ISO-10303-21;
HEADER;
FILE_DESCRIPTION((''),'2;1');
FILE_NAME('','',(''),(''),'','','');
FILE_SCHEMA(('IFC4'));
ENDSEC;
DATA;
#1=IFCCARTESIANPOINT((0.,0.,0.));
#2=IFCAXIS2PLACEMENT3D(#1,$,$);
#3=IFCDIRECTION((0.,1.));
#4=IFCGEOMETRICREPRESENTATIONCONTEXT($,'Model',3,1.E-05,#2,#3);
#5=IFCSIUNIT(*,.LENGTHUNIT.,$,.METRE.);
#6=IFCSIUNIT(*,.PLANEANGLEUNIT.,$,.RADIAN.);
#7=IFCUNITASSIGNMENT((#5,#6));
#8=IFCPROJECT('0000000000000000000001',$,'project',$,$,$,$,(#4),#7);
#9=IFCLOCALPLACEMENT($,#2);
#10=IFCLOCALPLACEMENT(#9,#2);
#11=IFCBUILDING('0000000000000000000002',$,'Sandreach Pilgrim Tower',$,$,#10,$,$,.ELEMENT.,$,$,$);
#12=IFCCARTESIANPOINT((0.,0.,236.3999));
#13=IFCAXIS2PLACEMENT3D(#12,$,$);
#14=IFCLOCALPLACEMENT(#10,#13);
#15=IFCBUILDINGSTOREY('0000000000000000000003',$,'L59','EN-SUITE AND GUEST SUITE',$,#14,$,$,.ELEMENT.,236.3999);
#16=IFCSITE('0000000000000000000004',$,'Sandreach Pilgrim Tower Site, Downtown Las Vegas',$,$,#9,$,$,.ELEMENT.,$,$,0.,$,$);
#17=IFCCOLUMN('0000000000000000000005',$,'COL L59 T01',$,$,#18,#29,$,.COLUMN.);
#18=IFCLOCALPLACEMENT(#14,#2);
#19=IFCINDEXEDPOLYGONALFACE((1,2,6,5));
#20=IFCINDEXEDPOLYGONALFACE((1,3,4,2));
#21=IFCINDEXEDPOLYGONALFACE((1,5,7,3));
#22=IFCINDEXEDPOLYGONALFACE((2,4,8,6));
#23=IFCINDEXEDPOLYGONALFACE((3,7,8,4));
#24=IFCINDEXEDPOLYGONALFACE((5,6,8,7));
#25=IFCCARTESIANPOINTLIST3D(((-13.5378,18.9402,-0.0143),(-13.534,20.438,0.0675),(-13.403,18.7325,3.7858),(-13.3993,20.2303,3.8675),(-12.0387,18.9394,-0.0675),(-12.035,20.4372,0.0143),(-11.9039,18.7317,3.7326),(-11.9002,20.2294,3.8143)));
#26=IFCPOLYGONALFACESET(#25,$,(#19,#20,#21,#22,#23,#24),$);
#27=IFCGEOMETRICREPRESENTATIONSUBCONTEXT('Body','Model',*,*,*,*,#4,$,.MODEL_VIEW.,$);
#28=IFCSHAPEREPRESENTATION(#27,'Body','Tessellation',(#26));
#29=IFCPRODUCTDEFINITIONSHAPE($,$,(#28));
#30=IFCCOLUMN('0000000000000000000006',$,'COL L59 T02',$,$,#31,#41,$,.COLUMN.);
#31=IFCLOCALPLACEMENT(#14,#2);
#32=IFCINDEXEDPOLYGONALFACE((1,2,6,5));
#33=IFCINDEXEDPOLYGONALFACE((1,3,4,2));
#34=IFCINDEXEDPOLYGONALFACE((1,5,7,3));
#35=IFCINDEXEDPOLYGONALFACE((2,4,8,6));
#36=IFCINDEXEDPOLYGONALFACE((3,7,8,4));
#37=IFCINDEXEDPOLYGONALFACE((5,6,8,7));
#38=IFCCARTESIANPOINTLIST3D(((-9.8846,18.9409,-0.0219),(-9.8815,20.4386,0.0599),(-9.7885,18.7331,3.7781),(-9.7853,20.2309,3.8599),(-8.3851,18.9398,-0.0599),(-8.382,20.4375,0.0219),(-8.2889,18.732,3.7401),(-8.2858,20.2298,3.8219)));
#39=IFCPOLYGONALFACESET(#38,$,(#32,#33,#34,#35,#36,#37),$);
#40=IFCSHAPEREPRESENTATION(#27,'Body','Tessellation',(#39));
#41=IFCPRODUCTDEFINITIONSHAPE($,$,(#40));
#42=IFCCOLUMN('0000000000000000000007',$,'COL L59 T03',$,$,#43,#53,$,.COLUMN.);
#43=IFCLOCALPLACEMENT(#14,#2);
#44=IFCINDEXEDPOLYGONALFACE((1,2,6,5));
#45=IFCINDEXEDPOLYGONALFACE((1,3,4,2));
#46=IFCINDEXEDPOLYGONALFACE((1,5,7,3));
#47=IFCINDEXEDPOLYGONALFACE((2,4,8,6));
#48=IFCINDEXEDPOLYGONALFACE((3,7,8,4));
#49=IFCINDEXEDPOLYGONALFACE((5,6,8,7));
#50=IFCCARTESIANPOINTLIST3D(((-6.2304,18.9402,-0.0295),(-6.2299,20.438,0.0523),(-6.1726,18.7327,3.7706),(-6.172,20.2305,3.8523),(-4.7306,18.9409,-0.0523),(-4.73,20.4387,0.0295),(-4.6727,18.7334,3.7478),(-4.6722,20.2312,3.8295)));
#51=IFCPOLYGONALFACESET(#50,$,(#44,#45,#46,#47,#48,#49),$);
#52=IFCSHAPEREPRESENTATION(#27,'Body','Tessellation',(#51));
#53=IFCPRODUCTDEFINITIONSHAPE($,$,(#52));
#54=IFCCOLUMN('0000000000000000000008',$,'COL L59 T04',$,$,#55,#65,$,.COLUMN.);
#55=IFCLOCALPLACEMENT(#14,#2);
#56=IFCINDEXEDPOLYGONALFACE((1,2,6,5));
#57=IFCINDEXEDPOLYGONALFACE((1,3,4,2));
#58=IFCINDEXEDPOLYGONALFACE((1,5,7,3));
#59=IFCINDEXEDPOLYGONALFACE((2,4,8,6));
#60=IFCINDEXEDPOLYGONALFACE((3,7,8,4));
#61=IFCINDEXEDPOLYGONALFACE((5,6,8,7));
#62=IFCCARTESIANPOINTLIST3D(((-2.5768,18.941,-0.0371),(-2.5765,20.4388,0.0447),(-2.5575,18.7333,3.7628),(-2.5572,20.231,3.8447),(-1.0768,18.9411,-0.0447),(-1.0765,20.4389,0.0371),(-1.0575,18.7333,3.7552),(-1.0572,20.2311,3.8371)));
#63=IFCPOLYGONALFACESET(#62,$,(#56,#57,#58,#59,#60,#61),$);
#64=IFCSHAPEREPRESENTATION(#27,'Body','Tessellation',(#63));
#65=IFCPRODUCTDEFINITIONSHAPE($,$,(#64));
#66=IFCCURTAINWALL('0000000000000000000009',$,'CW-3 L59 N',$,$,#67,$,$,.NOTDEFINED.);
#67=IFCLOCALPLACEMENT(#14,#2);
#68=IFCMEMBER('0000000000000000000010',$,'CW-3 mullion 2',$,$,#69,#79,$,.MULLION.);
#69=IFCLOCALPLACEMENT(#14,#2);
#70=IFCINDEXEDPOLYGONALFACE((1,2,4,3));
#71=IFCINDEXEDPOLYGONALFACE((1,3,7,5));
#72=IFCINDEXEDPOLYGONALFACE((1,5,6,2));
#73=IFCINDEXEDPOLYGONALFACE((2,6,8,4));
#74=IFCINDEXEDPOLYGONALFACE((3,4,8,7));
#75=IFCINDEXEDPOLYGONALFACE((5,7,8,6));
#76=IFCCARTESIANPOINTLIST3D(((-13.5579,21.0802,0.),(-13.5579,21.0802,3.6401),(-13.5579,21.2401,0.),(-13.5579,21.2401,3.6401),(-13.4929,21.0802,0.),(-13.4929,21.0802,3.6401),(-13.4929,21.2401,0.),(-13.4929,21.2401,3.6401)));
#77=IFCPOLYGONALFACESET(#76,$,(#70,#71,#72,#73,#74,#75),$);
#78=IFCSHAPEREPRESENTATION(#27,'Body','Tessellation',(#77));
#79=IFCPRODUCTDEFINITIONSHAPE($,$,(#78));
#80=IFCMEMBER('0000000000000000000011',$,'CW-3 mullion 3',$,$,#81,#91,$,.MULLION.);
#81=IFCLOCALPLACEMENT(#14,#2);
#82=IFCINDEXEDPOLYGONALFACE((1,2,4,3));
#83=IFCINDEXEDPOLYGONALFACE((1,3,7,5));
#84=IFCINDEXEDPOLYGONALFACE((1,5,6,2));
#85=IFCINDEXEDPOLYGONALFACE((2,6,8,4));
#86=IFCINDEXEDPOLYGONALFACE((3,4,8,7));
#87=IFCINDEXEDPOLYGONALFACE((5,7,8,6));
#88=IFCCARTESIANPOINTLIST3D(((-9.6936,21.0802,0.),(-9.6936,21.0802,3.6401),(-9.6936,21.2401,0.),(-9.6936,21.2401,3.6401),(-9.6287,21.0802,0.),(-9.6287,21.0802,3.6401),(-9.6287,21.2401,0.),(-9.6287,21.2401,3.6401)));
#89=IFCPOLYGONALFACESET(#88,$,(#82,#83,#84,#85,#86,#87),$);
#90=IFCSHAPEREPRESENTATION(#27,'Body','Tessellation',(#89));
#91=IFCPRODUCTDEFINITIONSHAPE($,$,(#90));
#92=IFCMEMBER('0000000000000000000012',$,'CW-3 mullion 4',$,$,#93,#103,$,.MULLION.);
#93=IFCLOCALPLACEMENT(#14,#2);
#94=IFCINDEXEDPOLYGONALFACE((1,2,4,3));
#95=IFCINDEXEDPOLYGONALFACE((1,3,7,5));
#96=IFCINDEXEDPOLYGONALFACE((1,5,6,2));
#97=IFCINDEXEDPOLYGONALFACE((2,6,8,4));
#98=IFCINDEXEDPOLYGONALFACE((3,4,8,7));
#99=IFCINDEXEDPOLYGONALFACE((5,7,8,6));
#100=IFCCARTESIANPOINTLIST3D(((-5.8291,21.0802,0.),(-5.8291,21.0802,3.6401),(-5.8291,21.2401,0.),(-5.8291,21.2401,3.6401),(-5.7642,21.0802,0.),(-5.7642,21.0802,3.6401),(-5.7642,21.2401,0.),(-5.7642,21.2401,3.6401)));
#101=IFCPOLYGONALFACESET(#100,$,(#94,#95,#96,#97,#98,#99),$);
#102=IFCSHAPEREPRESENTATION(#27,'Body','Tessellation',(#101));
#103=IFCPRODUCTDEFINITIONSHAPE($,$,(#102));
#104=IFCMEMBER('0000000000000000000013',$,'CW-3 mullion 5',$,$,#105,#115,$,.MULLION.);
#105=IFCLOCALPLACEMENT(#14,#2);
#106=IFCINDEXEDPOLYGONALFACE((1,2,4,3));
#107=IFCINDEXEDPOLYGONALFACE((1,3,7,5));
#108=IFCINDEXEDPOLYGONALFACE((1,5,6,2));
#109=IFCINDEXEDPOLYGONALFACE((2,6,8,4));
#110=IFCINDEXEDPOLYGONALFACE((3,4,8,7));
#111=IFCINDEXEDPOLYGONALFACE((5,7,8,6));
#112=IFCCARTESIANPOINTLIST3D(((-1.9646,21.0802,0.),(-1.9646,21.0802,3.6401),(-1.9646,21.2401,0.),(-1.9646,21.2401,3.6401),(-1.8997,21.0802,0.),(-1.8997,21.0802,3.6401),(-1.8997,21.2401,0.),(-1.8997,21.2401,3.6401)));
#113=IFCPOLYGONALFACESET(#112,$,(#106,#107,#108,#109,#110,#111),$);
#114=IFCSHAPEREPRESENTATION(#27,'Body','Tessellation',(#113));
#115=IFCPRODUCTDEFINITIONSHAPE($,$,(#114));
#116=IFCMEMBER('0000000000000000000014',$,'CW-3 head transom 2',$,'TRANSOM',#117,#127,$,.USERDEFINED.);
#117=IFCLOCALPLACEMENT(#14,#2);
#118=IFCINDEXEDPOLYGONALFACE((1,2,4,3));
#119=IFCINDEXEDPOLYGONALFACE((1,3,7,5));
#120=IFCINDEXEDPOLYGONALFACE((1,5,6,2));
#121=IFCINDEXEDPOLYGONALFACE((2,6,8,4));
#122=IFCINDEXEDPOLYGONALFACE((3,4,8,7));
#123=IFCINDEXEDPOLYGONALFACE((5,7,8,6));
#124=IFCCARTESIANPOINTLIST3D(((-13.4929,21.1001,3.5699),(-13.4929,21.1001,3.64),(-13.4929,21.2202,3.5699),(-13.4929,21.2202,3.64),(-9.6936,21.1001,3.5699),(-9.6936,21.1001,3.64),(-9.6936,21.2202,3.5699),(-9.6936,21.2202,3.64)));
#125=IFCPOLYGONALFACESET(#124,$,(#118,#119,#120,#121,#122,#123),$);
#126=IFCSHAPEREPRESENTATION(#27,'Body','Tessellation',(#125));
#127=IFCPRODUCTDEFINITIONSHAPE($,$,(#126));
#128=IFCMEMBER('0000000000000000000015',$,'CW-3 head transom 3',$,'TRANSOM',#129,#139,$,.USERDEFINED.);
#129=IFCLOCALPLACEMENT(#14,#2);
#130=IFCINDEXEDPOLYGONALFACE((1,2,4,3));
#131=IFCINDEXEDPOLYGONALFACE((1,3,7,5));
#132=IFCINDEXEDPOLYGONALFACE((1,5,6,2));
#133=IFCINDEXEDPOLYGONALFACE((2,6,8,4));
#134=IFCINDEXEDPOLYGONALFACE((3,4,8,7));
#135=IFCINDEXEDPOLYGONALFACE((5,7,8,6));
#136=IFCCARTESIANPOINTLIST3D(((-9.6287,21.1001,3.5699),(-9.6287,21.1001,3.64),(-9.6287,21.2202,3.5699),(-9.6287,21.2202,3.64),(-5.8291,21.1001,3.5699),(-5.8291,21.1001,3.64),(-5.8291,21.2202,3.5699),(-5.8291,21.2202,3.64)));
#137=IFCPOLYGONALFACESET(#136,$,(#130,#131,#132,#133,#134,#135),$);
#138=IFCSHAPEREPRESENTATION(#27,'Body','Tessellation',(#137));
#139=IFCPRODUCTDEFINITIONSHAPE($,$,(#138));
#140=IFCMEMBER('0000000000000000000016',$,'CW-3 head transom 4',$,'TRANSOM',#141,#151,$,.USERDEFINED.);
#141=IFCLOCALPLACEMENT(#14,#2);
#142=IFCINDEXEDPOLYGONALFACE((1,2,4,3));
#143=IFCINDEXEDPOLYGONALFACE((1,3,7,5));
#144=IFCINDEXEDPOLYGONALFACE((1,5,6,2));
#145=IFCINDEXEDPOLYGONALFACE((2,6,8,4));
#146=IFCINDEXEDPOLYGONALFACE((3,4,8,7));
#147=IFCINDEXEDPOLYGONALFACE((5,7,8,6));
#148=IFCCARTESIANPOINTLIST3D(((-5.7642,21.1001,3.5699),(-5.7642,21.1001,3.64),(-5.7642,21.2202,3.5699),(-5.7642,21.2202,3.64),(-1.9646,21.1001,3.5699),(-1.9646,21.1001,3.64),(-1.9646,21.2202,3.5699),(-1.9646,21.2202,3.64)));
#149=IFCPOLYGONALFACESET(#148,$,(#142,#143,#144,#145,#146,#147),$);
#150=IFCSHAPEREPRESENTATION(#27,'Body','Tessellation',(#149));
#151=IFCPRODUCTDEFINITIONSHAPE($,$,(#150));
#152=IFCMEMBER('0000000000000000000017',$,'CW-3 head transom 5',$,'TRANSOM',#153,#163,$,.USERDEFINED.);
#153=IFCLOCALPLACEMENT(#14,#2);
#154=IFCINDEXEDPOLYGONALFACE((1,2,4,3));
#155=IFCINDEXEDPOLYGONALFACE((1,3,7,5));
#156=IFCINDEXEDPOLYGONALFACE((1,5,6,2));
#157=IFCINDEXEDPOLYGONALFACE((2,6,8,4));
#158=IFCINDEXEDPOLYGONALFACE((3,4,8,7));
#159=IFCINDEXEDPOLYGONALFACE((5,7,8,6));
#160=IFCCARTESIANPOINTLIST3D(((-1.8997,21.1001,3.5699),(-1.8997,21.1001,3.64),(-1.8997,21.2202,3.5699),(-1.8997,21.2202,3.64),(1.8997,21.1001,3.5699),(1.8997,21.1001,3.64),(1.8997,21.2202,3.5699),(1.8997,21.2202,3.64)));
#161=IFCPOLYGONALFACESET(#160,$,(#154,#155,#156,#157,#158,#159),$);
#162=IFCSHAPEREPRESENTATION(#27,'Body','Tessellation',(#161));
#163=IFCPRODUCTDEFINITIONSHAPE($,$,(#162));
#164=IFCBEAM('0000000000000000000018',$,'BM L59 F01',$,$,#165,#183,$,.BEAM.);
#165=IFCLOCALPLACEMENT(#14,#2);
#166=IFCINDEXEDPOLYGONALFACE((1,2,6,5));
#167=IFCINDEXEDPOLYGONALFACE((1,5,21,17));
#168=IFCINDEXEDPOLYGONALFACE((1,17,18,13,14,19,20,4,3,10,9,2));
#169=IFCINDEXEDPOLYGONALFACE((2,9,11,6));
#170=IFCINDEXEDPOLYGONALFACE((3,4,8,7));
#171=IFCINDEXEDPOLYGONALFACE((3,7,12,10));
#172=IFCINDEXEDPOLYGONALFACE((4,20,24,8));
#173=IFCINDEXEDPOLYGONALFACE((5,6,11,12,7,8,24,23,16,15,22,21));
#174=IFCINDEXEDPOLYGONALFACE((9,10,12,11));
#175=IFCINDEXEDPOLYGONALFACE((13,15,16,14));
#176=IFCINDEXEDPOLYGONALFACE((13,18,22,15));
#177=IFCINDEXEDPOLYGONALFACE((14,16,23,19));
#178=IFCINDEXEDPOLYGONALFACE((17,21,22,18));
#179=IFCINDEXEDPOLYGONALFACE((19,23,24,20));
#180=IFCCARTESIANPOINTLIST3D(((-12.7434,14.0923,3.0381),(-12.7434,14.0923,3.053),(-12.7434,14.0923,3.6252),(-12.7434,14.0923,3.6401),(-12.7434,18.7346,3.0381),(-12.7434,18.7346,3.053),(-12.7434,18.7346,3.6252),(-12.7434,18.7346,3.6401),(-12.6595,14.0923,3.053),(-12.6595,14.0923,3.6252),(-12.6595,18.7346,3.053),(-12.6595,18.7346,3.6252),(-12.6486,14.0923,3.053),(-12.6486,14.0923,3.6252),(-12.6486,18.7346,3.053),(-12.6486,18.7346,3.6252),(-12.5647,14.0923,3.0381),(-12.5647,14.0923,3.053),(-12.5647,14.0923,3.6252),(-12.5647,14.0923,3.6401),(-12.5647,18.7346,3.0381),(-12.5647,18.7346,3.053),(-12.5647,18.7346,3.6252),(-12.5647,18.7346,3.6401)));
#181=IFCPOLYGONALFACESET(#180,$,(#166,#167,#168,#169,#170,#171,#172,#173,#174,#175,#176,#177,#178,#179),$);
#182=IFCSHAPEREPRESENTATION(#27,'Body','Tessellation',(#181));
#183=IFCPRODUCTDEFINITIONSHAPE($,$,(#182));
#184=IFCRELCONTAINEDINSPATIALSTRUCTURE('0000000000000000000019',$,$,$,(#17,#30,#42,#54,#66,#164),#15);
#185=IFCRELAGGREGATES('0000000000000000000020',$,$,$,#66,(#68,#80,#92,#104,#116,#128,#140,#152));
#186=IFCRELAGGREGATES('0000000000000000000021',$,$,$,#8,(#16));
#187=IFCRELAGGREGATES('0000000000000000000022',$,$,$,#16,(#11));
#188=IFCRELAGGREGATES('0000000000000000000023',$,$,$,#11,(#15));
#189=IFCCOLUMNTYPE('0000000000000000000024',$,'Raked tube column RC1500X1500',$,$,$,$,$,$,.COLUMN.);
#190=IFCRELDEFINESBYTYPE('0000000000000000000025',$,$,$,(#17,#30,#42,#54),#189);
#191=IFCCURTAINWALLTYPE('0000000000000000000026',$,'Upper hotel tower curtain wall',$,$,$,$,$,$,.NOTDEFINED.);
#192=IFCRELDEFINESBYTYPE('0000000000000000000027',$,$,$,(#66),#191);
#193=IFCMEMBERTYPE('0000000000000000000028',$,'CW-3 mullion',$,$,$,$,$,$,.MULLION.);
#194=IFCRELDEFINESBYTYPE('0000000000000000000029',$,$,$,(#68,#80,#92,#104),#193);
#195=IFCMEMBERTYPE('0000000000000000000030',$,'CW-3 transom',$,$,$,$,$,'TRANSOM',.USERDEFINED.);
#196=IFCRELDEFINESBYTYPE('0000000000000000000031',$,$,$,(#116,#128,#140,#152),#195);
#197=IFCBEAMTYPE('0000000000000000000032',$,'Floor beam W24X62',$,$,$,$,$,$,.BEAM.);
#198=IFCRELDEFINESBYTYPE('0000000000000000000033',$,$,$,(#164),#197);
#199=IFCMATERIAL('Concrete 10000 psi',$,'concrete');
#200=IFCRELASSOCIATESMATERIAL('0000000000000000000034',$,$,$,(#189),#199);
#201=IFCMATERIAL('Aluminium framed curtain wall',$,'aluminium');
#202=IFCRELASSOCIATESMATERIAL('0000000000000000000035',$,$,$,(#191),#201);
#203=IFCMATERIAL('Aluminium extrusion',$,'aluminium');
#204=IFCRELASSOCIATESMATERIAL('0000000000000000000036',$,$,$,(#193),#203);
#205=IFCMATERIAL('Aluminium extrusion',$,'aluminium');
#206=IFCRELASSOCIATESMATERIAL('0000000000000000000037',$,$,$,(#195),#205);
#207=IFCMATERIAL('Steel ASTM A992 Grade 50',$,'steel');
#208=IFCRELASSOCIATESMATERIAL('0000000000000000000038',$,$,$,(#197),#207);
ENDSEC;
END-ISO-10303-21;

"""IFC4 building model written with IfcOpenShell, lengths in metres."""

from ifc_helpers import new_model, si_unit, direction, frame, origin, origin_2d, place, context, subcontext, project, spatial, rectangle, i_section, extrude, material, material_profile, profile_set, type_object, element, aggregate, save


model = new_model("IFC4")

# Units and contexts
model_context = context("Model", 3, precision=1e-05, world=origin(), true_north=direction((0.0, 1.0)))
body_context = subcontext(model_context, "Body", "Model", "MODEL_VIEW")
ifc_project = project(units=[si_unit("LENGTHUNIT", "METRE"), si_unit("PLANEANGLEUNIT", "RADIAN")], contexts=[model_context])

# Site, building, storey
site_placement = place(None, origin())
site = spatial("IfcSite", under=ifc_project, at=site_placement, Name="Sandreach Pilgrim Tower Site, Downtown Las Vegas", CompositionType="ELEMENT", RefElevation=0.0)
building_placement = place(site_placement, origin())
building = spatial("IfcBuilding", under=site, at=building_placement, Name="Sandreach Pilgrim Tower", CompositionType="ELEMENT")
storey_placement = place(building_placement, frame((0.0, 0.0, 236.3999)))
storey = spatial("IfcBuildingStorey", under=building, at=storey_placement, Name="L59", Description="EN-SUITE AND GUEST SUITE", CompositionType="ELEMENT", Elevation=236.3999)

# Columns
ifc_material_1 = material(Name="Concrete 10000 psi", Category="concrete")
ifc_material_profile_1 = material_profile(ifc_material_1, rectangle(XDim=1.5, YDim=1.5, at=origin_2d()), Name="RC1500X1500")
ifc_profile_set_1 = profile_set([ifc_material_profile_1], Name="Concrete 10000 psi")
column_type = type_object("IfcColumnType", Name="Raked tube column RC1500X1500", PredefinedType="COLUMN", material=ifc_profile_set_1)
column_1_placement = place(storey_placement, frame((-12.7864, 19.6887, 0.0), z_axis=(0.035389, -0.054558, 0.997883), x_axis=(0.002483, 0.99851, 0.054504)))
element("IfcColumn", 1, at=column_1_placement, inside=storey, type_object=column_type, Name="COL L59 T01", PredefinedType="COLUMN", context=body_context, shape_type="SweptSolid", body=[
    extrude(rectangle(XDim=1.5, YDim=1.5, at=origin_2d()), origin(), (0.0, 0.0, 1.0), 3.8081),
])
column_2_placement = place(storey_placement, frame((-9.1333, 19.6892, 0.0), z_axis=(0.025267, -0.054575, 0.99819), x_axis=(0.002117, 0.998509, 0.054539)))
element("IfcColumn", 2, at=column_2_placement, inside=storey, type_object=column_type, Name="COL L59 T02", PredefinedType="COLUMN", context=body_context, shape_type="SweptSolid", body=[
    extrude(rectangle(XDim=1.5, YDim=1.5, at=origin_2d()), origin(), (0.0, 0.0, 1.0), 3.8069),
])
column_3_placement = place(storey_placement, frame((-5.4802, 19.6895, 0.0), z_axis=(0.015202, -0.054522, 0.998397), x_axis=(0.000369, 0.998512, 0.054523)))
element("IfcColumn", 3, at=column_3_placement, inside=storey, type_object=column_type, Name="COL L59 T03", PredefinedType="COLUMN", context=body_context, shape_type="SweptSolid", body=[
    extrude(rectangle(XDim=1.5, YDim=1.5, at=origin_2d()), origin(), (0.0, 0.0, 1.0), 3.8062),
])
column_4_placement = place(storey_placement, frame((-1.8267, 19.6899, 0.0), z_axis=(0.005068, -0.054592, 0.998496), x_axis=(0.000221, 0.998509, 0.054591)))
element("IfcColumn", 4, at=column_4_placement, inside=storey, type_object=column_type, Name="COL L59 T04", PredefinedType="COLUMN", context=body_context, shape_type="SweptSolid", body=[
    extrude(rectangle(XDim=1.5, YDim=1.5, at=origin_2d()), origin(), (0.0, 0.0, 1.0), 3.8057),
])

# Curtain wall, members
ifc_material_2 = material(Name="Aluminium framed curtain wall", Category="aluminium")
curtain_wall_type = type_object("IfcCurtainWallType", Name="Upper hotel tower curtain wall", PredefinedType="NOTDEFINED", material=ifc_material_2)
curtain_wall_placement = place(storey_placement, origin())
curtain_wall = element("IfcCurtainWall", 5, at=curtain_wall_placement, inside=storey, type_object=curtain_wall_type, Name="CW-3 L59 N", PredefinedType="NOTDEFINED")
ifc_material_3 = material(Name="Aluminium extrusion", Category="aluminium")
ifc_material_profile_2 = material_profile(ifc_material_3, rectangle(XDim=0.0649, YDim=0.1599, at=origin_2d()), Name="CW-3M 65X160")
ifc_profile_set_2 = profile_set([ifc_material_profile_2], Name="Aluminium extrusion")
member_type_1 = type_object("IfcMemberType", Name="CW-3 mullion", PredefinedType="MULLION", material=ifc_profile_set_2)
member_1_placement = place(storey_placement, frame((-13.5254, 21.1602, 0.0), z_axis=(0.0, 0.0, 1.0), x_axis=(1.0, 0.0, 0.0)))
member_1 = element("IfcMember", 6, at=member_1_placement, type_object=member_type_1, Name="CW-3 mullion 2", PredefinedType="MULLION", context=body_context, shape_type="SweptSolid", body=[
    extrude(rectangle(XDim=0.0649, YDim=0.1599, at=origin_2d()), origin(), (0.0, 0.0, 1.0), 3.6401),
])
member_2_placement = place(storey_placement, frame((-9.6611, 21.1602, 0.0), z_axis=(0.0, 0.0, 1.0), x_axis=(1.0, 0.0, 0.0)))
member_2 = element("IfcMember", 7, at=member_2_placement, type_object=member_type_1, Name="CW-3 mullion 3", PredefinedType="MULLION", context=body_context, shape_type="SweptSolid", body=[
    extrude(rectangle(XDim=0.0649, YDim=0.1599, at=origin_2d()), origin(), (0.0, 0.0, 1.0), 3.6401),
])
member_3_placement = place(storey_placement, frame((-5.7966, 21.1602, 0.0), z_axis=(0.0, 0.0, 1.0), x_axis=(1.0, 0.0, 0.0)))
member_3 = element("IfcMember", 8, at=member_3_placement, type_object=member_type_1, Name="CW-3 mullion 4", PredefinedType="MULLION", context=body_context, shape_type="SweptSolid", body=[
    extrude(rectangle(XDim=0.0649, YDim=0.1599, at=origin_2d()), origin(), (0.0, 0.0, 1.0), 3.6401),
])
member_4_placement = place(storey_placement, frame((-1.9321, 21.1602, 0.0), z_axis=(0.0, 0.0, 1.0), x_axis=(1.0, 0.0, 0.0)))
member_4 = element("IfcMember", 9, at=member_4_placement, type_object=member_type_1, Name="CW-3 mullion 5", PredefinedType="MULLION", context=body_context, shape_type="SweptSolid", body=[
    extrude(rectangle(XDim=0.0649, YDim=0.1599, at=origin_2d()), origin(), (0.0, 0.0, 1.0), 3.6401),
])
ifc_material_4 = material(Name="Aluminium extrusion", Category="aluminium")
ifc_material_profile_3 = material_profile(ifc_material_4, rectangle(XDim=0.1201, YDim=0.0701, at=origin_2d()), Name="CW-3T 120X70")
ifc_profile_set_3 = profile_set([ifc_material_profile_3], Name="Aluminium extrusion")
member_type_2 = type_object("IfcMemberType", Name="CW-3 transom", ElementType="TRANSOM", PredefinedType="USERDEFINED", material=ifc_profile_set_3)
member_5_placement = place(storey_placement, frame((-13.4929, 21.1602, 3.605), z_axis=(1.0, 0.0, 0.0), x_axis=(0.0, 1.0, 0.0)))
member_5 = element("IfcMember", 10, at=member_5_placement, type_object=member_type_2, Name="CW-3 head transom 2", ObjectType="TRANSOM", PredefinedType="USERDEFINED", context=body_context, shape_type="SweptSolid", body=[
    extrude(rectangle(XDim=0.1201, YDim=0.0701, at=origin_2d()), origin(), (0.0, 0.0, 1.0), 3.7993),
])
member_6_placement = place(storey_placement, frame((-9.6287, 21.1602, 3.605), z_axis=(1.0, 0.0, 0.0), x_axis=(0.0, 1.0, 0.0)))
member_6 = element("IfcMember", 11, at=member_6_placement, type_object=member_type_2, Name="CW-3 head transom 3", ObjectType="TRANSOM", PredefinedType="USERDEFINED", context=body_context, shape_type="SweptSolid", body=[
    extrude(rectangle(XDim=0.1201, YDim=0.0701, at=origin_2d()), origin(), (0.0, 0.0, 1.0), 3.7996),
])
member_7_placement = place(storey_placement, frame((-5.7642, 21.1602, 3.605), z_axis=(1.0, 0.0, 0.0), x_axis=(0.0, 1.0, 0.0)))
member_7 = element("IfcMember", 12, at=member_7_placement, type_object=member_type_2, Name="CW-3 head transom 4", ObjectType="TRANSOM", PredefinedType="USERDEFINED", context=body_context, shape_type="SweptSolid", body=[
    extrude(rectangle(XDim=0.1201, YDim=0.0701, at=origin_2d()), origin(), (0.0, 0.0, 1.0), 3.7996),
])
member_8_placement = place(storey_placement, frame((-1.8997, 21.1602, 3.605), z_axis=(1.0, 0.0, 0.0), x_axis=(0.0, 1.0, 0.0)))
member_8 = element("IfcMember", 13, at=member_8_placement, type_object=member_type_2, Name="CW-3 head transom 5", ObjectType="TRANSOM", PredefinedType="USERDEFINED", context=body_context, shape_type="SweptSolid", body=[
    extrude(rectangle(XDim=0.1201, YDim=0.0701, at=origin_2d()), origin(), (0.0, 0.0, 1.0), 3.7993),
])

# Beam
ifc_material_5 = material(Name="Steel ASTM A992 Grade 50", Category="steel")
ifc_material_profile_4 = material_profile(ifc_material_5, i_section(OverallWidth=0.1787, OverallDepth=0.6021, WebThickness=0.011, FlangeThickness=0.0149, at=origin_2d()), Name="W24X62")
ifc_profile_set_4 = profile_set([ifc_material_profile_4], Name="Steel ASTM A992 Grade 50")
beam_type_1 = type_object("IfcBeamType", Name="Floor beam W24X62", PredefinedType="BEAM", material=ifc_profile_set_4)
beam_1_placement = place(storey_placement, frame((-12.6541, 18.7346, 3.3391), z_axis=(0.0, -1.0, 0.0), x_axis=(1.0, 0.0, 0.0)))
element("IfcBeam", 14, at=beam_1_placement, inside=storey, type_object=beam_type_1, Name="BM L59 F01", PredefinedType="BEAM", context=body_context, shape_type="SweptSolid", body=[
    extrude(i_section(OverallWidth=0.1787, OverallDepth=0.6021, WebThickness=0.011, FlangeThickness=0.0149, at=origin_2d()), origin(), (0.0, 0.0, 1.0), 4.6423),
])

aggregate(curtain_wall, [member_1, member_2, member_3, member_4, member_5, member_6, member_7, member_8])

save(model, "model.ifc")
